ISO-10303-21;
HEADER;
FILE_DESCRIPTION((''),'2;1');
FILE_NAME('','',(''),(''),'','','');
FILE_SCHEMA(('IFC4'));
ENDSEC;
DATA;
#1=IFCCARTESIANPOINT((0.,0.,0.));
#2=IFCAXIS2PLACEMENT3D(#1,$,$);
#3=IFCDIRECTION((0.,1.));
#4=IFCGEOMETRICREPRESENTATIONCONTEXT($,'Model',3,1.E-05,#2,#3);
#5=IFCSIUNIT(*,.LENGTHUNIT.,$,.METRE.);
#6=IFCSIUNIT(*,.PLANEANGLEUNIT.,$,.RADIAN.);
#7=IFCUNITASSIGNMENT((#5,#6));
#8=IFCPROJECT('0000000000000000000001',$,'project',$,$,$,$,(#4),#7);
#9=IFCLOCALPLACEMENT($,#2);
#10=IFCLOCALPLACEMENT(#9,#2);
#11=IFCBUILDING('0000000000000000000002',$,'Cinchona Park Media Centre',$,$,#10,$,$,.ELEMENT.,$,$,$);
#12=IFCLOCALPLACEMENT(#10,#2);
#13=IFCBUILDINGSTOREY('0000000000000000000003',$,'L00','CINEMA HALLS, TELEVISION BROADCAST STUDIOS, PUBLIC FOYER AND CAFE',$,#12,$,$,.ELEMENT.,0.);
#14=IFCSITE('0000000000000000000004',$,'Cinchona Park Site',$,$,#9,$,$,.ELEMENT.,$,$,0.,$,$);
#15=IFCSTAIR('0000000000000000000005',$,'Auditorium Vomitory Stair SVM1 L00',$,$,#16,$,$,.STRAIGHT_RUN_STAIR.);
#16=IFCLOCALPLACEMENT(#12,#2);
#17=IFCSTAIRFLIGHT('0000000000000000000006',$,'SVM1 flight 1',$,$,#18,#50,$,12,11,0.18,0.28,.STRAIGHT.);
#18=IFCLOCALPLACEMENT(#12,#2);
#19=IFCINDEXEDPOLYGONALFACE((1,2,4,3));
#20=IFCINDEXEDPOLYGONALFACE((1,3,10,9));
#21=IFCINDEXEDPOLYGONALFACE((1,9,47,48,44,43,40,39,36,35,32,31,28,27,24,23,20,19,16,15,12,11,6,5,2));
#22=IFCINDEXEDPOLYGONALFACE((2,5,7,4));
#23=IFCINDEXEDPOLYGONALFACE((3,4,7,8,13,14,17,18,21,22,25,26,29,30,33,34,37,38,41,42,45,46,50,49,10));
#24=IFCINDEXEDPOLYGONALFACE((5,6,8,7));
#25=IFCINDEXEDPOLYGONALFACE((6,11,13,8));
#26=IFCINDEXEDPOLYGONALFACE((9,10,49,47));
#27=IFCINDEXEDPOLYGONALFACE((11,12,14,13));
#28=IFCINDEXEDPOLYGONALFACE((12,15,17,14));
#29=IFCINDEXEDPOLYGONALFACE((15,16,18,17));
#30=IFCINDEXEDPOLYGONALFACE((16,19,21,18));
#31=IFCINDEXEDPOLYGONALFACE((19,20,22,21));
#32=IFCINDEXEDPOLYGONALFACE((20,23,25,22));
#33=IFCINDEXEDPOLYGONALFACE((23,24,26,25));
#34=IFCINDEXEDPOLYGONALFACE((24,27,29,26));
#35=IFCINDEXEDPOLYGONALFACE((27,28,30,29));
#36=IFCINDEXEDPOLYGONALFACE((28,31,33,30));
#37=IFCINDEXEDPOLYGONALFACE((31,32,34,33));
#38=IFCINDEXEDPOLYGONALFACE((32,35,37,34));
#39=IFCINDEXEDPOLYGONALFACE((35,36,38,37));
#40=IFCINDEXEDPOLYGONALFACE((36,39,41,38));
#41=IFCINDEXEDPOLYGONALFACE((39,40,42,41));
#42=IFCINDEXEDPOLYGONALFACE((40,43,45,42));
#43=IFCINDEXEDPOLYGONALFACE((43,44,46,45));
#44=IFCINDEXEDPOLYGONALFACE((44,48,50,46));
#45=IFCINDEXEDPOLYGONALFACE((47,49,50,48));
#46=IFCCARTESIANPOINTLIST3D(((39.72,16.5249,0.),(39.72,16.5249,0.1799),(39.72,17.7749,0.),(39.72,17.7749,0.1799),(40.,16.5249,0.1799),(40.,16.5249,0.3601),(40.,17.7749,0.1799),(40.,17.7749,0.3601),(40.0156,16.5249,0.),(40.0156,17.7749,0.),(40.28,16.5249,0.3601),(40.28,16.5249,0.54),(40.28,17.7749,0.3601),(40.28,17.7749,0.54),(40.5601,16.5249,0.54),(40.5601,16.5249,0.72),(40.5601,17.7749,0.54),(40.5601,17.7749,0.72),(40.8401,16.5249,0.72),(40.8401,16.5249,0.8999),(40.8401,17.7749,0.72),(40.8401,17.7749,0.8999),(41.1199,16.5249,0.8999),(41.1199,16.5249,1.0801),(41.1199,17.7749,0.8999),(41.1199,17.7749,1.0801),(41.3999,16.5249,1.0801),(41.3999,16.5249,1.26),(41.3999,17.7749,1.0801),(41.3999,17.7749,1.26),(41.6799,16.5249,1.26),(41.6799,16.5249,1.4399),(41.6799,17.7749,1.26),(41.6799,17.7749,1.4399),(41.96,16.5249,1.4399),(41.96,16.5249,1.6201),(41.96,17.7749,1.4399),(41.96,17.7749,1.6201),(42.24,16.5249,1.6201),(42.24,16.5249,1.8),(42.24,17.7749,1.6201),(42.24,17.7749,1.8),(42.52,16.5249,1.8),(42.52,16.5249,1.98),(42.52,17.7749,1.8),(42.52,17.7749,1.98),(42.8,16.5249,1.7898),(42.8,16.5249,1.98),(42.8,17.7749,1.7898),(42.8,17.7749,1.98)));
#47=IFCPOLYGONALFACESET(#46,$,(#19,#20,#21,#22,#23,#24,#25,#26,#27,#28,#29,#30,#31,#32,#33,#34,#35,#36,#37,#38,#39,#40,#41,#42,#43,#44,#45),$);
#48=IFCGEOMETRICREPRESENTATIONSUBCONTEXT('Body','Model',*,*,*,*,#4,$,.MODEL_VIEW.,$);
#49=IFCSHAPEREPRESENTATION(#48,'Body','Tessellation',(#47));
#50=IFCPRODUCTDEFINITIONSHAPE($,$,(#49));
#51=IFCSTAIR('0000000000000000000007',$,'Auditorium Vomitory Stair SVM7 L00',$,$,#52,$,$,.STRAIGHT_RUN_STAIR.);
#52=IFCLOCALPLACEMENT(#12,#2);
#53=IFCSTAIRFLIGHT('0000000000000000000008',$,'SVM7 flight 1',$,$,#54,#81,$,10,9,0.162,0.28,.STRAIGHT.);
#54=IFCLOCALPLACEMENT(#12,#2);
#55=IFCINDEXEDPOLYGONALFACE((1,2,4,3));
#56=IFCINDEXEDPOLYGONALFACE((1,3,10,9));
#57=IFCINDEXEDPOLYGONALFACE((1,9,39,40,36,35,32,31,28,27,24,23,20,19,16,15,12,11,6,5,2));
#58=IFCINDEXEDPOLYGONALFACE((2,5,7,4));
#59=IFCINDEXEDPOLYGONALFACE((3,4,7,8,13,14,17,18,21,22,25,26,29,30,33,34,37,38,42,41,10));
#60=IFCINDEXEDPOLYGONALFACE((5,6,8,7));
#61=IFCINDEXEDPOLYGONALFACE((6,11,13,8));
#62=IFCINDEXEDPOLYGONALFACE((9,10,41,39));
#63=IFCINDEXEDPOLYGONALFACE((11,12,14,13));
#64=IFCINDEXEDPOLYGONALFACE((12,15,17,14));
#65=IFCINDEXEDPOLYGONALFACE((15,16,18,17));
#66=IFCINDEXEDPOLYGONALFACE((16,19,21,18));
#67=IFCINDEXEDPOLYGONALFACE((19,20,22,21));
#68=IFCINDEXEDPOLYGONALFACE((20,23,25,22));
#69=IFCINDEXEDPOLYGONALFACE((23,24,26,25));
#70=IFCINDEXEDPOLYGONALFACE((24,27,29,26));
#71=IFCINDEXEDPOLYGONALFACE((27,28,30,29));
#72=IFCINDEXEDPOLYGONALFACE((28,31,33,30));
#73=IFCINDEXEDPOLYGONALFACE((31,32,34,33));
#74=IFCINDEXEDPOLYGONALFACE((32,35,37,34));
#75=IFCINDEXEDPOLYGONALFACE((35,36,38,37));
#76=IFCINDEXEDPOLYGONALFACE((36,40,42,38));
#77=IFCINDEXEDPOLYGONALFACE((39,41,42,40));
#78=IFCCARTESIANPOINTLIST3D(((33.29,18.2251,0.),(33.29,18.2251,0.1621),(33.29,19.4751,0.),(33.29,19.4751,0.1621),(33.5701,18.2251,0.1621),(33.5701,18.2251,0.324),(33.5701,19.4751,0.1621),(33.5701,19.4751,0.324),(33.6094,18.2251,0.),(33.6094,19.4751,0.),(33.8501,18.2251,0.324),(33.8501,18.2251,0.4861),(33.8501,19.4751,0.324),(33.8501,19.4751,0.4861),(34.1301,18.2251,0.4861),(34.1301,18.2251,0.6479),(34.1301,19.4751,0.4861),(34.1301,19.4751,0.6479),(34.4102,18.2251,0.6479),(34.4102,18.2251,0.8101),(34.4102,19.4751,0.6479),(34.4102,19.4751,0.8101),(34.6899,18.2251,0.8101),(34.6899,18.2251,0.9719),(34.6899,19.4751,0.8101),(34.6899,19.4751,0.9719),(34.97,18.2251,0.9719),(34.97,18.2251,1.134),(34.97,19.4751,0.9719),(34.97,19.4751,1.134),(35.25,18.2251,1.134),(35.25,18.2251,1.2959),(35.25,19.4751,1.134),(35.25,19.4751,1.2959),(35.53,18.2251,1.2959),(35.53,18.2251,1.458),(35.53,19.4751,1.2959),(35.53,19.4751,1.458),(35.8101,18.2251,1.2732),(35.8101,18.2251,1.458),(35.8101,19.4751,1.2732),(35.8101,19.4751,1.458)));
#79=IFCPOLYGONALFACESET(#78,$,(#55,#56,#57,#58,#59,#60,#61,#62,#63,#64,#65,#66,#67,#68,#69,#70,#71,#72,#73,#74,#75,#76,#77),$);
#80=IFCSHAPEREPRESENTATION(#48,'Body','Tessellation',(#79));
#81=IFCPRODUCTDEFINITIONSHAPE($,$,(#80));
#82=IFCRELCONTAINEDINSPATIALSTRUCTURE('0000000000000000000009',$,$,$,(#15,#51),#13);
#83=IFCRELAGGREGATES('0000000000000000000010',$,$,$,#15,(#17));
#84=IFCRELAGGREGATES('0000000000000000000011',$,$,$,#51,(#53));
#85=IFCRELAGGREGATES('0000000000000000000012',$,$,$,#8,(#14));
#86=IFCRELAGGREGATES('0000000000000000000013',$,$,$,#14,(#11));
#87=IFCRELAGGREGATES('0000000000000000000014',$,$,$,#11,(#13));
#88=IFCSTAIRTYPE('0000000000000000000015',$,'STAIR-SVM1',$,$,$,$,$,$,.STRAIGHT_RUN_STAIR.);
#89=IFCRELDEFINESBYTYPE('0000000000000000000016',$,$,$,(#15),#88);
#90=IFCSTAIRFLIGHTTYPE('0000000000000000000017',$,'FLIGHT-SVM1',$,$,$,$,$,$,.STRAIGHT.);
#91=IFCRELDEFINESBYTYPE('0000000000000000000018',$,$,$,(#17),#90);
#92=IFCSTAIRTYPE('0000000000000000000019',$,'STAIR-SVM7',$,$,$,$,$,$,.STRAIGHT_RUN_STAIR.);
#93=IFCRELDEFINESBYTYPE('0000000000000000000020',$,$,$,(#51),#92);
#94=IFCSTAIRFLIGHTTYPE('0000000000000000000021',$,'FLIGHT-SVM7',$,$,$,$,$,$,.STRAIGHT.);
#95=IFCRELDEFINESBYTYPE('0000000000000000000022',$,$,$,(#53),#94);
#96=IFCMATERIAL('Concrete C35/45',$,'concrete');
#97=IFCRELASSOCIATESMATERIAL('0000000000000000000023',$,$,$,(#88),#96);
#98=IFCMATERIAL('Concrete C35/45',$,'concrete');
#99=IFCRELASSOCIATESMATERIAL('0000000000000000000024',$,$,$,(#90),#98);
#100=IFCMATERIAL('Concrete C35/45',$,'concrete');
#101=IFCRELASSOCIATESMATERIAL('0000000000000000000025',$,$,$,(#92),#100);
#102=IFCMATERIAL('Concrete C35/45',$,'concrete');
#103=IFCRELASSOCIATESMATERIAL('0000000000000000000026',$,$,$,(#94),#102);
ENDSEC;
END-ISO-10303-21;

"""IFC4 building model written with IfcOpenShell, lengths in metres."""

from ifc_helpers import new_model, si_unit, direction, frame, origin, place, context, subcontext, project, spatial, polyline, outline, extrude, material, type_object, element, aggregate, save


model = new_model("IFC4")

# Units and contexts
model_context = context("Model", 3, precision=1e-05, world=origin(), true_north=direction((0.0, 1.0)))
body_context = subcontext(model_context, "Body", "Model", "MODEL_VIEW")
ifc_project = project(units=[si_unit("LENGTHUNIT", "METRE"), si_unit("PLANEANGLEUNIT", "RADIAN")], contexts=[model_context])

# Site, building, storey
site_placement = place(None, origin())
site = spatial("IfcSite", under=ifc_project, at=site_placement, Name="Cinchona Park Site", CompositionType="ELEMENT", RefElevation=0.0)
building_placement = place(site_placement, origin())
building = spatial("IfcBuilding", under=site, at=building_placement, Name="Cinchona Park Media Centre", CompositionType="ELEMENT")
storey_placement = place(building_placement, origin())
storey = spatial("IfcBuildingStorey", under=building, at=storey_placement, Name="L00", Description="CINEMA HALLS, TELEVISION BROADCAST STUDIOS, PUBLIC FOYER AND CAFE", CompositionType="ELEMENT", Elevation=0.0)

# Stairs, stair flights
ifc_material_1 = material(Name="Concrete C35/45", Category="concrete")
stair_type_1 = type_object("IfcStairType", Name="STAIR-SVM1", PredefinedType="STRAIGHT_RUN_STAIR", material=ifc_material_1)
stair_1_placement = place(storey_placement, origin())
stair_1 = element("IfcStair", 1, at=stair_1_placement, inside=storey, type_object=stair_type_1, Name="Auditorium Vomitory Stair SVM1 L00", PredefinedType="STRAIGHT_RUN_STAIR")
ifc_material_2 = material(Name="Concrete C35/45", Category="concrete")
stair_flight_type_1 = type_object("IfcStairFlightType", Name="FLIGHT-SVM1", PredefinedType="STRAIGHT", material=ifc_material_2)
stair_flight_1_placement = place(storey_placement, frame((39.72, 17.1499, 0.0), z_axis=(0.0, 0.0, 1.0), x_axis=(1.0, 0.0, 0.0)))
stair_flight_1 = element("IfcStairFlight", 2, at=stair_flight_1_placement, type_object=stair_flight_type_1, Name="SVM1 flight 1", NumberOfRisers=12, NumberOfTreads=11, PredefinedType="STRAIGHT", RiserHeight=0.18, TreadLength=0.28, context=body_context, shape_type="SweptSolid", body=[
    extrude(outline(polyline([(0.0, 0.0), (0.0, 0.1799), (0.28, 0.1799), (0.28, 0.3601), (0.5601, 0.3601), (0.5601, 0.54), (0.8401, 0.54), (0.8401, 0.72), (1.1201, 0.72), (1.1201, 0.8999), (1.3999, 0.8999), (1.3999, 1.0801), (1.6799, 1.0801), (1.6799, 1.26), (1.96, 1.26), (1.96, 1.4399), (2.24, 1.4399), (2.24, 1.6201), (2.52, 1.6201), (2.52, 1.8), (2.8, 1.8), (2.8, 1.98), (3.0801, 1.98), (3.0801, 2.1599), (3.0801, 1.7898), (0.2957, 0.0), (0.0, 0.0)])), frame((0.0, 0.625, 0.0), z_axis=(0.0, -1.0, 0.0), x_axis=(1.0, 0.0, 0.0)), (0.0, 0.0, 1.0), 1.25),
])
aggregate(stair_1, [stair_flight_1])
ifc_material_3 = material(Name="Concrete C35/45", Category="concrete")
stair_type_2 = type_object("IfcStairType", Name="STAIR-SVM7", PredefinedType="STRAIGHT_RUN_STAIR", material=ifc_material_3)
stair_2_placement = place(storey_placement, origin())
stair_2 = element("IfcStair", 3, at=stair_2_placement, inside=storey, type_object=stair_type_2, Name="Auditorium Vomitory Stair SVM7 L00", PredefinedType="STRAIGHT_RUN_STAIR")
ifc_material_4 = material(Name="Concrete C35/45", Category="concrete")
stair_flight_type_2 = type_object("IfcStairFlightType", Name="FLIGHT-SVM7", PredefinedType="STRAIGHT", material=ifc_material_4)
stair_flight_2_placement = place(storey_placement, frame((33.29, 18.8501, 0.0), z_axis=(0.0, 0.0, 1.0), x_axis=(1.0, 0.0, 0.0)))
stair_flight_2 = element("IfcStairFlight", 4, at=stair_flight_2_placement, type_object=stair_flight_type_2, Name="SVM7 flight 1", NumberOfRisers=10, NumberOfTreads=9, PredefinedType="STRAIGHT", RiserHeight=0.162, TreadLength=0.28, context=body_context, shape_type="SweptSolid", body=[
    extrude(outline(polyline([(0.0, 0.0), (0.0, 0.1621), (0.28, 0.1621), (0.28, 0.324), (0.5601, 0.324), (0.5601, 0.4861), (0.8401, 0.4861), (0.8401, 0.6479), (1.1201, 0.6479), (1.1201, 0.8101), (1.3999, 0.8101), (1.3999, 0.9719), (1.6799, 0.9719), (1.6799, 1.134), (1.96, 1.134), (1.96, 1.2959), (2.24, 1.2959), (2.24, 1.458), (2.52, 1.458), (2.52, 1.6201), (2.52, 1.2732), (0.3193, 0.0), (0.0, 0.0)])), frame((0.0, 0.625, 0.0), z_axis=(0.0, -1.0, 0.0), x_axis=(1.0, 0.0, 0.0)), (0.0, 0.0, 1.0), 1.25),
])
aggregate(stair_2, [stair_flight_2])

save(model, "model.ifc")
